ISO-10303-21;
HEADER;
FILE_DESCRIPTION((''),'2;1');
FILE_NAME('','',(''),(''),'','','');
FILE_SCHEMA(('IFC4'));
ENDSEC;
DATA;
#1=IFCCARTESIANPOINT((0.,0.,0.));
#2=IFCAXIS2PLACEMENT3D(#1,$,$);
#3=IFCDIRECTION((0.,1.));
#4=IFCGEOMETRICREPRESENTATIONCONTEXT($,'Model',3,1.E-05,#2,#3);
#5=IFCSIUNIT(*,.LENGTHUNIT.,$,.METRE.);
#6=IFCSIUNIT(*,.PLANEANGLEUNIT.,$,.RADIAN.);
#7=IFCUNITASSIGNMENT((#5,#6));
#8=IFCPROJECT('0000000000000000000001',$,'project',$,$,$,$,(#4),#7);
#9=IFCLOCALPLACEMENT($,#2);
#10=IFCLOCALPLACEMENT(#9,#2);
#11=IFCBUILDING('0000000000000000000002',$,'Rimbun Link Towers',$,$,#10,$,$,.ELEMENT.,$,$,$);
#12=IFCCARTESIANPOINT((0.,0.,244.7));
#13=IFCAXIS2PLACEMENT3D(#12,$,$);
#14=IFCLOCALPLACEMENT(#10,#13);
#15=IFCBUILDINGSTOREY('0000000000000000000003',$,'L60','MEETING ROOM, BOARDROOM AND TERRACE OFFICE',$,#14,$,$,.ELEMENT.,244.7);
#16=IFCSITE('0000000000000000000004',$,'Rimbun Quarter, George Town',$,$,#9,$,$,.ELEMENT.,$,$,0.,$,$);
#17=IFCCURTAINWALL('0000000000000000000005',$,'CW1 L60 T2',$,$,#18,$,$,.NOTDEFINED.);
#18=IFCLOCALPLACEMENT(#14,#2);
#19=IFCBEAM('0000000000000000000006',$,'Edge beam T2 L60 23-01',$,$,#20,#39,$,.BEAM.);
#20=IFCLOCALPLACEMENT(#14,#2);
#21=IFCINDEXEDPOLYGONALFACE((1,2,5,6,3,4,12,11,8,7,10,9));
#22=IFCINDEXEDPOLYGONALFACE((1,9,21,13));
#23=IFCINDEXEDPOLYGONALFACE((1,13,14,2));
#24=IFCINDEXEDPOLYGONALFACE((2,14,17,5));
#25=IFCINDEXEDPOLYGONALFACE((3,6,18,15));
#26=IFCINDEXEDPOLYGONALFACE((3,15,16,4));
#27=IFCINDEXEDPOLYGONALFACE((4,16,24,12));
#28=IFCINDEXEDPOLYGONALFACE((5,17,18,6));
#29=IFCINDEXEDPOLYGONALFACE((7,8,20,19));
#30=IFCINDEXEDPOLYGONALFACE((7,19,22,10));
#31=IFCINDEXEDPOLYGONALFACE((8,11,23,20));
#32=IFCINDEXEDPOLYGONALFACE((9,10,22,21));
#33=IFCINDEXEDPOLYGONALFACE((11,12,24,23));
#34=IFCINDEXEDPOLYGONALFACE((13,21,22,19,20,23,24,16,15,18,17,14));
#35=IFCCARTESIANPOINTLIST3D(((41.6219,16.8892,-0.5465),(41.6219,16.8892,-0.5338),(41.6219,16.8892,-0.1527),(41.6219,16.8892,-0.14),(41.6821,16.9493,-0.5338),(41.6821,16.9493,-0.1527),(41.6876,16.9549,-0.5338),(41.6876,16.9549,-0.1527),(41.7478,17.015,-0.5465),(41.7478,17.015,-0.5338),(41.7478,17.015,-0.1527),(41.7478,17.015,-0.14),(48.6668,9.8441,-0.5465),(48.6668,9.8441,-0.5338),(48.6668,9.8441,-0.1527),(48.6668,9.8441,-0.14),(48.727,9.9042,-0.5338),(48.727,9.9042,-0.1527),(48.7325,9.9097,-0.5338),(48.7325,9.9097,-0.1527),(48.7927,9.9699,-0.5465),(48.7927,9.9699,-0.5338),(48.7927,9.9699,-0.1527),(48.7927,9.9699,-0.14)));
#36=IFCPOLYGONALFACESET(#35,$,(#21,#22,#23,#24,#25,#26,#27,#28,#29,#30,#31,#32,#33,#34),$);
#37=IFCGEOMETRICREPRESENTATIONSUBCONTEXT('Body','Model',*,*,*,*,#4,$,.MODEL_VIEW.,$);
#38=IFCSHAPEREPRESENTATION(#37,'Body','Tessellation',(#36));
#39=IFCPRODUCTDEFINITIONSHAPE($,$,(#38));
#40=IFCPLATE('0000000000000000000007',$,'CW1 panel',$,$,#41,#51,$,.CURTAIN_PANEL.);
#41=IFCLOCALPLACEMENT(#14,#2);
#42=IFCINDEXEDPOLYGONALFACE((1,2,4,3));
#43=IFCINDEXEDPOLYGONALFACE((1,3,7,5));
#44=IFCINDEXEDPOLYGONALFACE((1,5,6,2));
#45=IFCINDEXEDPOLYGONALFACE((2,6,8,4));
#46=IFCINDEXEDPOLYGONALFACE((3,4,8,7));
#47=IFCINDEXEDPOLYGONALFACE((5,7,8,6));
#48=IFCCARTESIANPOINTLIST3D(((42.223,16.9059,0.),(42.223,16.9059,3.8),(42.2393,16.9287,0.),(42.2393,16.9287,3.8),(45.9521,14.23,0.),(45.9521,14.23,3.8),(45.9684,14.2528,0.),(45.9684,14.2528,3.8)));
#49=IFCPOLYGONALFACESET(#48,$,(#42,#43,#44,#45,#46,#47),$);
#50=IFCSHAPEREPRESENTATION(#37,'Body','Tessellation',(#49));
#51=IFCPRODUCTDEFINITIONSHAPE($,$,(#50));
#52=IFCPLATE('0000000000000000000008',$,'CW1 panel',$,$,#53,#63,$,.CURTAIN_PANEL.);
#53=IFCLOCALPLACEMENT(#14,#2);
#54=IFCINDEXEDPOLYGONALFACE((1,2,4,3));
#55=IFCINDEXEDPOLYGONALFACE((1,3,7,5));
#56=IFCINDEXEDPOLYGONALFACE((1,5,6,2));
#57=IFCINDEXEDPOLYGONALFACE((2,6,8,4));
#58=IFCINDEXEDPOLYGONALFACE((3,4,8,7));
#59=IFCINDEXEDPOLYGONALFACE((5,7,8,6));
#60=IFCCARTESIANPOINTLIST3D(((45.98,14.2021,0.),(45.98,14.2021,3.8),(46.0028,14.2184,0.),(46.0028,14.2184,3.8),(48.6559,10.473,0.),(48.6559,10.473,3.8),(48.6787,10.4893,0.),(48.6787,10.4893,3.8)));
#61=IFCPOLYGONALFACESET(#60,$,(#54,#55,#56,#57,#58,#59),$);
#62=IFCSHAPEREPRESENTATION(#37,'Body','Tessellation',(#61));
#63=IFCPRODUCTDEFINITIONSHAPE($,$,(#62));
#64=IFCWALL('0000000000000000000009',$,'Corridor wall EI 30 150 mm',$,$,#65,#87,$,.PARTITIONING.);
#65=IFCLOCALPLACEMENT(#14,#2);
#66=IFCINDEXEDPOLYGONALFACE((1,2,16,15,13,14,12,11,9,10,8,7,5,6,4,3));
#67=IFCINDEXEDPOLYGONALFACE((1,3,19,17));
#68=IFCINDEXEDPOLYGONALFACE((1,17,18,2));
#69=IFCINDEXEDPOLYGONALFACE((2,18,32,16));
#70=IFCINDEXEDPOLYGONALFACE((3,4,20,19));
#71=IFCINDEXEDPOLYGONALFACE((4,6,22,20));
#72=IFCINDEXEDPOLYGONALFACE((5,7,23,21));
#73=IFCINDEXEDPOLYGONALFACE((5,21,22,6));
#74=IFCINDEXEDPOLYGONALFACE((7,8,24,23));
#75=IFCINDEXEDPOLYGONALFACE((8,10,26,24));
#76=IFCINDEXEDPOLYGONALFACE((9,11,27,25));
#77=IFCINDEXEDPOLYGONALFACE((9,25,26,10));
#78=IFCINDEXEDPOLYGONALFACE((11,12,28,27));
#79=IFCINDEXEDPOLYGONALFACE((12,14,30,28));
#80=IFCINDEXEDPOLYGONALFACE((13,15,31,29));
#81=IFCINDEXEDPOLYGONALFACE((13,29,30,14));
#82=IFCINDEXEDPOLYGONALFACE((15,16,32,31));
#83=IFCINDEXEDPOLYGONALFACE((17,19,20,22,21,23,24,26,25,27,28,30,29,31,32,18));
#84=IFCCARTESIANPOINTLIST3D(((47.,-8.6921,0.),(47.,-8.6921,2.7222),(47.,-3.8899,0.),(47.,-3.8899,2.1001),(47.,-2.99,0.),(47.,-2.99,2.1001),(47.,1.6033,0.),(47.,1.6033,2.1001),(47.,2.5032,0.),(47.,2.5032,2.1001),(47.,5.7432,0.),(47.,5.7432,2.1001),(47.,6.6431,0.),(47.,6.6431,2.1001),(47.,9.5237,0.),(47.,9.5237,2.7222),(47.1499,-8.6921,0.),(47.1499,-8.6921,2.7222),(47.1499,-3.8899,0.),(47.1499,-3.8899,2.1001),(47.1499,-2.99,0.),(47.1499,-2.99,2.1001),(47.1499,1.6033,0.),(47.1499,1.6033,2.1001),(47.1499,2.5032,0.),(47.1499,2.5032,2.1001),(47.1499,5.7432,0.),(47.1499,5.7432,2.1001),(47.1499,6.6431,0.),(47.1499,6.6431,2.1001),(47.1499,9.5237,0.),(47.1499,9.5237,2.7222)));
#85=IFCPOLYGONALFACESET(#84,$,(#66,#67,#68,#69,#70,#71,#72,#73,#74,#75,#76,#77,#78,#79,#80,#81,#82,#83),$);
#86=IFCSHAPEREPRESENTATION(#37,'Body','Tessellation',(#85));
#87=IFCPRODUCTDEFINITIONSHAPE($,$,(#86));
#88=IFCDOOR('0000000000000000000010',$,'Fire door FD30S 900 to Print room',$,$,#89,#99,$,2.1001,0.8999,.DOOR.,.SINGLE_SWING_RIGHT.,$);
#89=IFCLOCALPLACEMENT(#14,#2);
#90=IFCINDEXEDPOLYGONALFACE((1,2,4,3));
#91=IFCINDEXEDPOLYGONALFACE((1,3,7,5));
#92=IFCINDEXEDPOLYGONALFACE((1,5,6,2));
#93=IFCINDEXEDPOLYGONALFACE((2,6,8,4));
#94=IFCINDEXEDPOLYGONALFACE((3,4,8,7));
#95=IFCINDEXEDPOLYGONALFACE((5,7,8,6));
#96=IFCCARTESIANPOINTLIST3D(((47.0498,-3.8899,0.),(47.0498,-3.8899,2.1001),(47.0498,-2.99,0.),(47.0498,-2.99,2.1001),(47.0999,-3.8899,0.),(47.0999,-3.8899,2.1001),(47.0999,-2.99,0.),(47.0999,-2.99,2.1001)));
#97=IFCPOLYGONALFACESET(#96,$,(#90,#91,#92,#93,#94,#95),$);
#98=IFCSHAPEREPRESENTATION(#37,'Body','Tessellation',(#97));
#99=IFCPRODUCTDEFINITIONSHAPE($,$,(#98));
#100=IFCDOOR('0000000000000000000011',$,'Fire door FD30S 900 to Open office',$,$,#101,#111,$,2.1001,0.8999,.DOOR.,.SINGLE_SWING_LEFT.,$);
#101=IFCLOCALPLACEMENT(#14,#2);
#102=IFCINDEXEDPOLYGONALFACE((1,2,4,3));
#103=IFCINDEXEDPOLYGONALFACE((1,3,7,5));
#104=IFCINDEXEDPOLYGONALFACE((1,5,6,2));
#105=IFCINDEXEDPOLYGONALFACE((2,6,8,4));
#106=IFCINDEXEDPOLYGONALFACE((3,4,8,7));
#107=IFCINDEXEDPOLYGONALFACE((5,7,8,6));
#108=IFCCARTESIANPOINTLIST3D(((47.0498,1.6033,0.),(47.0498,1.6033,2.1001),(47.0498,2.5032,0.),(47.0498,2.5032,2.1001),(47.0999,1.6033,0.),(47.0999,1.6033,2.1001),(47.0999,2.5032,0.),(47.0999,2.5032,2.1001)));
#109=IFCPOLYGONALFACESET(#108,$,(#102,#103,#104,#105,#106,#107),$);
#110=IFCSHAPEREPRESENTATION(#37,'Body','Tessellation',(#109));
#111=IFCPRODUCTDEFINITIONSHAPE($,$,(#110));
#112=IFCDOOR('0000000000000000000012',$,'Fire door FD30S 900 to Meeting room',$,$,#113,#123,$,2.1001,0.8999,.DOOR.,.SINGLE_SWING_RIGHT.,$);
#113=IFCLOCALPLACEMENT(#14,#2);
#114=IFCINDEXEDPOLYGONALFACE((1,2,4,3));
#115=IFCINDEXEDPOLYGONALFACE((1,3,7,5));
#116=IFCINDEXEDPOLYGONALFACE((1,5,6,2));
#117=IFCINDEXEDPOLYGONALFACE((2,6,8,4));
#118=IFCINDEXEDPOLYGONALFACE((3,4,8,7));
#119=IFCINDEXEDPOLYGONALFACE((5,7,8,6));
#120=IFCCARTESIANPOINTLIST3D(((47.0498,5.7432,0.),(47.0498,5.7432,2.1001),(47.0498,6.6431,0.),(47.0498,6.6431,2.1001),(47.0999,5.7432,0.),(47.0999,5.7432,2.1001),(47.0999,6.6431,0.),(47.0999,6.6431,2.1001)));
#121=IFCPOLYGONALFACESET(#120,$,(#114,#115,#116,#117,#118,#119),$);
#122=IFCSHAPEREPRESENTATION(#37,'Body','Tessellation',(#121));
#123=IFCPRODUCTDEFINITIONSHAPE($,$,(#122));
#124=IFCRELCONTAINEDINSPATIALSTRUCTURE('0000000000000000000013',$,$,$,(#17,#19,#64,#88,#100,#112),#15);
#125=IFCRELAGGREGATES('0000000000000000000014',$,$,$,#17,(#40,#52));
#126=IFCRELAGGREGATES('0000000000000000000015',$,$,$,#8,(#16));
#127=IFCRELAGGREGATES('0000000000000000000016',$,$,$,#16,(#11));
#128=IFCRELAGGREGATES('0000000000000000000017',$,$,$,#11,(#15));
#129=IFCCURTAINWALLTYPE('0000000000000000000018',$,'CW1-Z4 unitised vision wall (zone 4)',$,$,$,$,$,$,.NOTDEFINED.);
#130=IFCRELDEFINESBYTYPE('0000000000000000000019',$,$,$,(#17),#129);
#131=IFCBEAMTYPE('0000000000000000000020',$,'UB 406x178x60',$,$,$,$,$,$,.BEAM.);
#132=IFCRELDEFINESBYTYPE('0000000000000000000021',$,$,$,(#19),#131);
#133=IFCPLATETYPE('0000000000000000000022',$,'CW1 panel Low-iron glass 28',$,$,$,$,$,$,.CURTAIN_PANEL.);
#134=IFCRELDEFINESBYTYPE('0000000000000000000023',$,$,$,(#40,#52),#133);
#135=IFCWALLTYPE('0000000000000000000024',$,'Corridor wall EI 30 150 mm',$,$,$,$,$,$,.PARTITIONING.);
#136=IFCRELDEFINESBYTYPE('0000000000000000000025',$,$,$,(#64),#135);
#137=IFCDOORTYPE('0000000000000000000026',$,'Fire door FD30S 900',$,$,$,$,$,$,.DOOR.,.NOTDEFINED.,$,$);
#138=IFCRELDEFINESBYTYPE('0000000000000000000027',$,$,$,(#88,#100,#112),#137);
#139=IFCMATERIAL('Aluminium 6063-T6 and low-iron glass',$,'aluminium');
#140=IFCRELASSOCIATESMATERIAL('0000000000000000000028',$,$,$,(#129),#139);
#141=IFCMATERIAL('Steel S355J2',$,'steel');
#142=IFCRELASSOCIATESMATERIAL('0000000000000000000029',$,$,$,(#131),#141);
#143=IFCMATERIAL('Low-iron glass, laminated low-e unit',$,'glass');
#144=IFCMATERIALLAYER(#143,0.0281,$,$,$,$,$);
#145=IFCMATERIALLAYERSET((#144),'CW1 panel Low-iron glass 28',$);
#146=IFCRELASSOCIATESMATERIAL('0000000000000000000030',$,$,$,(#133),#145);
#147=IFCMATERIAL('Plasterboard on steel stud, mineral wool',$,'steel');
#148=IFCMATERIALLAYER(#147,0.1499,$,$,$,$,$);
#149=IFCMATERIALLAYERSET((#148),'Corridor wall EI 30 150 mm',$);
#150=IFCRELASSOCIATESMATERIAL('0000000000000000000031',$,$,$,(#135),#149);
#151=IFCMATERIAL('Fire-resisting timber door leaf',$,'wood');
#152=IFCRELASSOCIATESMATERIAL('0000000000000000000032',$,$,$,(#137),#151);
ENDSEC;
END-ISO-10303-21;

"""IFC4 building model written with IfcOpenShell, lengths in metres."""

from ifc_helpers import new_model, si_unit, direction, frame, frame_2d, origin, origin_2d, place, context, subcontext, project, spatial, rectangle, i_section, extrude, material, layer, layer_set, material_profile, profile_set, type_object, element, fill, aggregate, save


model = new_model("IFC4")

# Units and contexts
model_context = context("Model", 3, precision=1e-05, world=origin(), true_north=direction((0.0, 1.0)))
body_context = subcontext(model_context, "Body", "Model", "MODEL_VIEW")
ifc_project = project(units=[si_unit("LENGTHUNIT", "METRE"), si_unit("PLANEANGLEUNIT", "RADIAN")], contexts=[model_context])

# Site, building, storey
site_placement = place(None, origin())
site = spatial("IfcSite", under=ifc_project, at=site_placement, Name="Rimbun Quarter, George Town", CompositionType="ELEMENT", RefElevation=0.0)
building_placement = place(site_placement, origin())
building = spatial("IfcBuilding", under=site, at=building_placement, Name="Rimbun Link Towers", CompositionType="ELEMENT")
storey_placement = place(building_placement, frame((0.0, 0.0, 244.7)))
storey = spatial("IfcBuildingStorey", under=building, at=storey_placement, Name="L60", Description="MEETING ROOM, BOARDROOM AND TERRACE OFFICE", CompositionType="ELEMENT", Elevation=244.7)

# Curtain wall
ifc_material_1 = material(Name="Aluminium 6063-T6 and low-iron glass", Category="aluminium")
curtain_wall_type = type_object("IfcCurtainWallType", Name="CW1-Z4 unitised vision wall (zone 4)", PredefinedType="NOTDEFINED", material=ifc_material_1)
curtain_wall_placement = place(storey_placement, origin())
curtain_wall = element("IfcCurtainWall", 1, at=curtain_wall_placement, inside=storey, type_object=curtain_wall_type, Name="CW1 L60 T2", PredefinedType="NOTDEFINED")

# Beam
ifc_material_2 = material(Name="Steel S355J2", Category="steel")
ifc_material_profile_1 = material_profile(ifc_material_2, i_section(OverallWidth=0.178, OverallDepth=0.4065, WebThickness=0.0078, FlangeThickness=0.0127, at=origin_2d()), Name="UB 406x178x60")
ifc_profile_set_1 = profile_set([ifc_material_profile_1], Name="Steel S355J2")
beam_type_1 = type_object("IfcBeamType", Name="UB 406x178x60", PredefinedType="BEAM", material=ifc_profile_set_1)
beam_1_placement = place(storey_placement, frame((48.7297, 9.907, -0.3433), z_axis=(-0.707095, 0.707119, 0.0), x_axis=(-0.707119, -0.707095, 0.0)))
element("IfcBeam", 2, at=beam_1_placement, inside=storey, type_object=beam_type_1, Name="Edge beam T2 L60 23-01", PredefinedType="BEAM", context=body_context, shape_type="SweptSolid", body=[
    extrude(i_section(OverallWidth=0.178, OverallDepth=0.4065, WebThickness=0.0078, FlangeThickness=0.0127, at=origin_2d()), origin(), (0.0, 0.0, 1.0), 9.9631),
])

# Plates
ifc_material_3 = material(Name="Low-iron glass, laminated low-e unit", Category="glass")
ifc_layer_1 = layer(ifc_material_3, 0.0281)
ifc_layer_set_1 = layer_set([ifc_layer_1], Name="CW1 panel Low-iron glass 28")
plate_type = type_object("IfcPlateType", Name="CW1 panel Low-iron glass 28", PredefinedType="CURTAIN_PANEL", material=ifc_layer_set_1)
plate_1_placement = place(storey_placement, frame((44.0957, 15.5793, 0.0), z_axis=(0.0, 0.0, 1.0), x_axis=(0.812465, -0.583009, 0.0)))
plate_1 = element("IfcPlate", 3, at=plate_1_placement, type_object=plate_type, Name="CW1 panel", PredefinedType="CURTAIN_PANEL", context=body_context, shape_type="SweptSolid", body=[
    extrude(rectangle(XDim=4.5898, YDim=0.0281, at=origin_2d()), origin(), (0.0, 0.0, 1.0), 3.8),
])
plate_2_placement = place(storey_placement, frame((47.3293, 12.3457, 0.0), z_axis=(0.0, 0.0, 1.0), x_axis=(0.583009, -0.812465, 0.0)))
plate_2 = element("IfcPlate", 4, at=plate_2_placement, type_object=plate_type, Name="CW1 panel", PredefinedType="CURTAIN_PANEL", context=body_context, shape_type="SweptSolid", body=[
    extrude(rectangle(XDim=4.5898, YDim=0.0281, at=origin_2d()), origin(), (0.0, 0.0, 1.0), 3.8),
])
aggregate(curtain_wall, [plate_1, plate_2])

# Wall, openings, doors
ifc_material_4 = material(Name="Plasterboard on steel stud, mineral wool", Category="steel")
ifc_layer_2 = layer(ifc_material_4, 0.1499)
ifc_layer_set_2 = layer_set([ifc_layer_2], Name="Corridor wall EI 30 150 mm")
wall_type = type_object("IfcWallType", Name="Corridor wall EI 30 150 mm", PredefinedType="PARTITIONING", material=ifc_layer_set_2)
wall_placement = place(storey_placement, frame((47.075, 9.5237, 0.0), z_axis=(0.0, 0.0, 1.0), x_axis=(0.0, -1.0, 0.0)))
wall = element("IfcWall", 5, at=wall_placement, inside=storey, type_object=wall_type, Name="Corridor wall EI 30 150 mm", PredefinedType="PARTITIONING", context=body_context, shape_type="SweptSolid", body=[
    extrude(rectangle(XDim=18.2158, YDim=0.1499, at=frame_2d((9.1079, 0.0))), origin(), (0.0, 0.0, 1.0), 2.7222),
])
opening_1_placement = place(wall_placement, frame((12.5137, 0.0, 0.0)))
opening_1 = element("IfcOpeningElement", 6, at=opening_1_placement, cuts=wall, PredefinedType="OPENING", context=body_context, shape_type="SweptSolid", body=[
    extrude(rectangle(XDim=0.8999, YDim=2.1001, at=frame_2d((0.45, 1.05))), frame((0.0, 0.085, 0.0), z_axis=(0.0, -1.0, 0.0), x_axis=(1.0, 0.0, 0.0)), (0.0, 0.0, 1.0), 0.1699),
])
opening_2_placement = place(wall_placement, frame((7.0205, 0.0, 0.0)))
opening_2 = element("IfcOpeningElement", 7, at=opening_2_placement, cuts=wall, PredefinedType="OPENING", context=body_context, shape_type="SweptSolid", body=[
    extrude(rectangle(XDim=0.8999, YDim=2.1001, at=frame_2d((0.45, 1.05))), frame((0.0, 0.085, 0.0), z_axis=(0.0, -1.0, 0.0), x_axis=(1.0, 0.0, 0.0)), (0.0, 0.0, 1.0), 0.1699),
])
opening_3_placement = place(wall_placement, frame((2.8806, 0.0, 0.0)))
opening_3 = element("IfcOpeningElement", 8, at=opening_3_placement, cuts=wall, PredefinedType="OPENING", context=body_context, shape_type="SweptSolid", body=[
    extrude(rectangle(XDim=0.8999, YDim=2.1001, at=frame_2d((0.45, 1.05))), frame((0.0, 0.085, 0.0), z_axis=(0.0, -1.0, 0.0), x_axis=(1.0, 0.0, 0.0)), (0.0, 0.0, 1.0), 0.1699),
])
ifc_material_5 = material(Name="Fire-resisting timber door leaf", Category="wood")
door_type = type_object("IfcDoorType", Name="Fire door FD30S 900", OperationType="NOTDEFINED", PredefinedType="DOOR", material=ifc_material_5)
door_1_placement = place(opening_1_placement, origin())
door_1 = element("IfcDoor", 9, at=door_1_placement, inside=storey, type_object=door_type, Name="Fire door FD30S 900 to Print room", OperationType="SINGLE_SWING_RIGHT", OverallHeight=2.1001, OverallWidth=0.8999, PredefinedType="DOOR", context=body_context, shape_type="SweptSolid", body=[
    extrude(rectangle(XDim=0.8999, YDim=2.1001, at=frame_2d((0.45, 1.05))), frame((0.0, 0.0249, 0.0), z_axis=(0.0, -1.0, 0.0), x_axis=(1.0, 0.0, 0.0)), (0.0, 0.0, 1.0), 0.05),
])
fill(opening_1, door_1)
door_2_placement = place(opening_2_placement, origin())
door_2 = element("IfcDoor", 10, at=door_2_placement, inside=storey, type_object=door_type, Name="Fire door FD30S 900 to Open office", OperationType="SINGLE_SWING_LEFT", OverallHeight=2.1001, OverallWidth=0.8999, PredefinedType="DOOR", context=body_context, shape_type="SweptSolid", body=[
    extrude(rectangle(XDim=0.8999, YDim=2.1001, at=frame_2d((0.45, 1.05))), frame((0.0, 0.0249, 0.0), z_axis=(0.0, -1.0, 0.0), x_axis=(1.0, 0.0, 0.0)), (0.0, 0.0, 1.0), 0.05),
])
fill(opening_2, door_2)
door_3_placement = place(opening_3_placement, origin())
door_3 = element("IfcDoor", 11, at=door_3_placement, inside=storey, type_object=door_type, Name="Fire door FD30S 900 to Meeting room", OperationType="SINGLE_SWING_RIGHT", OverallHeight=2.1001, OverallWidth=0.8999, PredefinedType="DOOR", context=body_context, shape_type="SweptSolid", body=[
    extrude(rectangle(XDim=0.8999, YDim=2.1001, at=frame_2d((0.45, 1.05))), frame((0.0, 0.0249, 0.0), z_axis=(0.0, -1.0, 0.0), x_axis=(1.0, 0.0, 0.0)), (0.0, 0.0, 1.0), 0.05),
])
fill(opening_3, door_3)

save(model, "model.ifc")
